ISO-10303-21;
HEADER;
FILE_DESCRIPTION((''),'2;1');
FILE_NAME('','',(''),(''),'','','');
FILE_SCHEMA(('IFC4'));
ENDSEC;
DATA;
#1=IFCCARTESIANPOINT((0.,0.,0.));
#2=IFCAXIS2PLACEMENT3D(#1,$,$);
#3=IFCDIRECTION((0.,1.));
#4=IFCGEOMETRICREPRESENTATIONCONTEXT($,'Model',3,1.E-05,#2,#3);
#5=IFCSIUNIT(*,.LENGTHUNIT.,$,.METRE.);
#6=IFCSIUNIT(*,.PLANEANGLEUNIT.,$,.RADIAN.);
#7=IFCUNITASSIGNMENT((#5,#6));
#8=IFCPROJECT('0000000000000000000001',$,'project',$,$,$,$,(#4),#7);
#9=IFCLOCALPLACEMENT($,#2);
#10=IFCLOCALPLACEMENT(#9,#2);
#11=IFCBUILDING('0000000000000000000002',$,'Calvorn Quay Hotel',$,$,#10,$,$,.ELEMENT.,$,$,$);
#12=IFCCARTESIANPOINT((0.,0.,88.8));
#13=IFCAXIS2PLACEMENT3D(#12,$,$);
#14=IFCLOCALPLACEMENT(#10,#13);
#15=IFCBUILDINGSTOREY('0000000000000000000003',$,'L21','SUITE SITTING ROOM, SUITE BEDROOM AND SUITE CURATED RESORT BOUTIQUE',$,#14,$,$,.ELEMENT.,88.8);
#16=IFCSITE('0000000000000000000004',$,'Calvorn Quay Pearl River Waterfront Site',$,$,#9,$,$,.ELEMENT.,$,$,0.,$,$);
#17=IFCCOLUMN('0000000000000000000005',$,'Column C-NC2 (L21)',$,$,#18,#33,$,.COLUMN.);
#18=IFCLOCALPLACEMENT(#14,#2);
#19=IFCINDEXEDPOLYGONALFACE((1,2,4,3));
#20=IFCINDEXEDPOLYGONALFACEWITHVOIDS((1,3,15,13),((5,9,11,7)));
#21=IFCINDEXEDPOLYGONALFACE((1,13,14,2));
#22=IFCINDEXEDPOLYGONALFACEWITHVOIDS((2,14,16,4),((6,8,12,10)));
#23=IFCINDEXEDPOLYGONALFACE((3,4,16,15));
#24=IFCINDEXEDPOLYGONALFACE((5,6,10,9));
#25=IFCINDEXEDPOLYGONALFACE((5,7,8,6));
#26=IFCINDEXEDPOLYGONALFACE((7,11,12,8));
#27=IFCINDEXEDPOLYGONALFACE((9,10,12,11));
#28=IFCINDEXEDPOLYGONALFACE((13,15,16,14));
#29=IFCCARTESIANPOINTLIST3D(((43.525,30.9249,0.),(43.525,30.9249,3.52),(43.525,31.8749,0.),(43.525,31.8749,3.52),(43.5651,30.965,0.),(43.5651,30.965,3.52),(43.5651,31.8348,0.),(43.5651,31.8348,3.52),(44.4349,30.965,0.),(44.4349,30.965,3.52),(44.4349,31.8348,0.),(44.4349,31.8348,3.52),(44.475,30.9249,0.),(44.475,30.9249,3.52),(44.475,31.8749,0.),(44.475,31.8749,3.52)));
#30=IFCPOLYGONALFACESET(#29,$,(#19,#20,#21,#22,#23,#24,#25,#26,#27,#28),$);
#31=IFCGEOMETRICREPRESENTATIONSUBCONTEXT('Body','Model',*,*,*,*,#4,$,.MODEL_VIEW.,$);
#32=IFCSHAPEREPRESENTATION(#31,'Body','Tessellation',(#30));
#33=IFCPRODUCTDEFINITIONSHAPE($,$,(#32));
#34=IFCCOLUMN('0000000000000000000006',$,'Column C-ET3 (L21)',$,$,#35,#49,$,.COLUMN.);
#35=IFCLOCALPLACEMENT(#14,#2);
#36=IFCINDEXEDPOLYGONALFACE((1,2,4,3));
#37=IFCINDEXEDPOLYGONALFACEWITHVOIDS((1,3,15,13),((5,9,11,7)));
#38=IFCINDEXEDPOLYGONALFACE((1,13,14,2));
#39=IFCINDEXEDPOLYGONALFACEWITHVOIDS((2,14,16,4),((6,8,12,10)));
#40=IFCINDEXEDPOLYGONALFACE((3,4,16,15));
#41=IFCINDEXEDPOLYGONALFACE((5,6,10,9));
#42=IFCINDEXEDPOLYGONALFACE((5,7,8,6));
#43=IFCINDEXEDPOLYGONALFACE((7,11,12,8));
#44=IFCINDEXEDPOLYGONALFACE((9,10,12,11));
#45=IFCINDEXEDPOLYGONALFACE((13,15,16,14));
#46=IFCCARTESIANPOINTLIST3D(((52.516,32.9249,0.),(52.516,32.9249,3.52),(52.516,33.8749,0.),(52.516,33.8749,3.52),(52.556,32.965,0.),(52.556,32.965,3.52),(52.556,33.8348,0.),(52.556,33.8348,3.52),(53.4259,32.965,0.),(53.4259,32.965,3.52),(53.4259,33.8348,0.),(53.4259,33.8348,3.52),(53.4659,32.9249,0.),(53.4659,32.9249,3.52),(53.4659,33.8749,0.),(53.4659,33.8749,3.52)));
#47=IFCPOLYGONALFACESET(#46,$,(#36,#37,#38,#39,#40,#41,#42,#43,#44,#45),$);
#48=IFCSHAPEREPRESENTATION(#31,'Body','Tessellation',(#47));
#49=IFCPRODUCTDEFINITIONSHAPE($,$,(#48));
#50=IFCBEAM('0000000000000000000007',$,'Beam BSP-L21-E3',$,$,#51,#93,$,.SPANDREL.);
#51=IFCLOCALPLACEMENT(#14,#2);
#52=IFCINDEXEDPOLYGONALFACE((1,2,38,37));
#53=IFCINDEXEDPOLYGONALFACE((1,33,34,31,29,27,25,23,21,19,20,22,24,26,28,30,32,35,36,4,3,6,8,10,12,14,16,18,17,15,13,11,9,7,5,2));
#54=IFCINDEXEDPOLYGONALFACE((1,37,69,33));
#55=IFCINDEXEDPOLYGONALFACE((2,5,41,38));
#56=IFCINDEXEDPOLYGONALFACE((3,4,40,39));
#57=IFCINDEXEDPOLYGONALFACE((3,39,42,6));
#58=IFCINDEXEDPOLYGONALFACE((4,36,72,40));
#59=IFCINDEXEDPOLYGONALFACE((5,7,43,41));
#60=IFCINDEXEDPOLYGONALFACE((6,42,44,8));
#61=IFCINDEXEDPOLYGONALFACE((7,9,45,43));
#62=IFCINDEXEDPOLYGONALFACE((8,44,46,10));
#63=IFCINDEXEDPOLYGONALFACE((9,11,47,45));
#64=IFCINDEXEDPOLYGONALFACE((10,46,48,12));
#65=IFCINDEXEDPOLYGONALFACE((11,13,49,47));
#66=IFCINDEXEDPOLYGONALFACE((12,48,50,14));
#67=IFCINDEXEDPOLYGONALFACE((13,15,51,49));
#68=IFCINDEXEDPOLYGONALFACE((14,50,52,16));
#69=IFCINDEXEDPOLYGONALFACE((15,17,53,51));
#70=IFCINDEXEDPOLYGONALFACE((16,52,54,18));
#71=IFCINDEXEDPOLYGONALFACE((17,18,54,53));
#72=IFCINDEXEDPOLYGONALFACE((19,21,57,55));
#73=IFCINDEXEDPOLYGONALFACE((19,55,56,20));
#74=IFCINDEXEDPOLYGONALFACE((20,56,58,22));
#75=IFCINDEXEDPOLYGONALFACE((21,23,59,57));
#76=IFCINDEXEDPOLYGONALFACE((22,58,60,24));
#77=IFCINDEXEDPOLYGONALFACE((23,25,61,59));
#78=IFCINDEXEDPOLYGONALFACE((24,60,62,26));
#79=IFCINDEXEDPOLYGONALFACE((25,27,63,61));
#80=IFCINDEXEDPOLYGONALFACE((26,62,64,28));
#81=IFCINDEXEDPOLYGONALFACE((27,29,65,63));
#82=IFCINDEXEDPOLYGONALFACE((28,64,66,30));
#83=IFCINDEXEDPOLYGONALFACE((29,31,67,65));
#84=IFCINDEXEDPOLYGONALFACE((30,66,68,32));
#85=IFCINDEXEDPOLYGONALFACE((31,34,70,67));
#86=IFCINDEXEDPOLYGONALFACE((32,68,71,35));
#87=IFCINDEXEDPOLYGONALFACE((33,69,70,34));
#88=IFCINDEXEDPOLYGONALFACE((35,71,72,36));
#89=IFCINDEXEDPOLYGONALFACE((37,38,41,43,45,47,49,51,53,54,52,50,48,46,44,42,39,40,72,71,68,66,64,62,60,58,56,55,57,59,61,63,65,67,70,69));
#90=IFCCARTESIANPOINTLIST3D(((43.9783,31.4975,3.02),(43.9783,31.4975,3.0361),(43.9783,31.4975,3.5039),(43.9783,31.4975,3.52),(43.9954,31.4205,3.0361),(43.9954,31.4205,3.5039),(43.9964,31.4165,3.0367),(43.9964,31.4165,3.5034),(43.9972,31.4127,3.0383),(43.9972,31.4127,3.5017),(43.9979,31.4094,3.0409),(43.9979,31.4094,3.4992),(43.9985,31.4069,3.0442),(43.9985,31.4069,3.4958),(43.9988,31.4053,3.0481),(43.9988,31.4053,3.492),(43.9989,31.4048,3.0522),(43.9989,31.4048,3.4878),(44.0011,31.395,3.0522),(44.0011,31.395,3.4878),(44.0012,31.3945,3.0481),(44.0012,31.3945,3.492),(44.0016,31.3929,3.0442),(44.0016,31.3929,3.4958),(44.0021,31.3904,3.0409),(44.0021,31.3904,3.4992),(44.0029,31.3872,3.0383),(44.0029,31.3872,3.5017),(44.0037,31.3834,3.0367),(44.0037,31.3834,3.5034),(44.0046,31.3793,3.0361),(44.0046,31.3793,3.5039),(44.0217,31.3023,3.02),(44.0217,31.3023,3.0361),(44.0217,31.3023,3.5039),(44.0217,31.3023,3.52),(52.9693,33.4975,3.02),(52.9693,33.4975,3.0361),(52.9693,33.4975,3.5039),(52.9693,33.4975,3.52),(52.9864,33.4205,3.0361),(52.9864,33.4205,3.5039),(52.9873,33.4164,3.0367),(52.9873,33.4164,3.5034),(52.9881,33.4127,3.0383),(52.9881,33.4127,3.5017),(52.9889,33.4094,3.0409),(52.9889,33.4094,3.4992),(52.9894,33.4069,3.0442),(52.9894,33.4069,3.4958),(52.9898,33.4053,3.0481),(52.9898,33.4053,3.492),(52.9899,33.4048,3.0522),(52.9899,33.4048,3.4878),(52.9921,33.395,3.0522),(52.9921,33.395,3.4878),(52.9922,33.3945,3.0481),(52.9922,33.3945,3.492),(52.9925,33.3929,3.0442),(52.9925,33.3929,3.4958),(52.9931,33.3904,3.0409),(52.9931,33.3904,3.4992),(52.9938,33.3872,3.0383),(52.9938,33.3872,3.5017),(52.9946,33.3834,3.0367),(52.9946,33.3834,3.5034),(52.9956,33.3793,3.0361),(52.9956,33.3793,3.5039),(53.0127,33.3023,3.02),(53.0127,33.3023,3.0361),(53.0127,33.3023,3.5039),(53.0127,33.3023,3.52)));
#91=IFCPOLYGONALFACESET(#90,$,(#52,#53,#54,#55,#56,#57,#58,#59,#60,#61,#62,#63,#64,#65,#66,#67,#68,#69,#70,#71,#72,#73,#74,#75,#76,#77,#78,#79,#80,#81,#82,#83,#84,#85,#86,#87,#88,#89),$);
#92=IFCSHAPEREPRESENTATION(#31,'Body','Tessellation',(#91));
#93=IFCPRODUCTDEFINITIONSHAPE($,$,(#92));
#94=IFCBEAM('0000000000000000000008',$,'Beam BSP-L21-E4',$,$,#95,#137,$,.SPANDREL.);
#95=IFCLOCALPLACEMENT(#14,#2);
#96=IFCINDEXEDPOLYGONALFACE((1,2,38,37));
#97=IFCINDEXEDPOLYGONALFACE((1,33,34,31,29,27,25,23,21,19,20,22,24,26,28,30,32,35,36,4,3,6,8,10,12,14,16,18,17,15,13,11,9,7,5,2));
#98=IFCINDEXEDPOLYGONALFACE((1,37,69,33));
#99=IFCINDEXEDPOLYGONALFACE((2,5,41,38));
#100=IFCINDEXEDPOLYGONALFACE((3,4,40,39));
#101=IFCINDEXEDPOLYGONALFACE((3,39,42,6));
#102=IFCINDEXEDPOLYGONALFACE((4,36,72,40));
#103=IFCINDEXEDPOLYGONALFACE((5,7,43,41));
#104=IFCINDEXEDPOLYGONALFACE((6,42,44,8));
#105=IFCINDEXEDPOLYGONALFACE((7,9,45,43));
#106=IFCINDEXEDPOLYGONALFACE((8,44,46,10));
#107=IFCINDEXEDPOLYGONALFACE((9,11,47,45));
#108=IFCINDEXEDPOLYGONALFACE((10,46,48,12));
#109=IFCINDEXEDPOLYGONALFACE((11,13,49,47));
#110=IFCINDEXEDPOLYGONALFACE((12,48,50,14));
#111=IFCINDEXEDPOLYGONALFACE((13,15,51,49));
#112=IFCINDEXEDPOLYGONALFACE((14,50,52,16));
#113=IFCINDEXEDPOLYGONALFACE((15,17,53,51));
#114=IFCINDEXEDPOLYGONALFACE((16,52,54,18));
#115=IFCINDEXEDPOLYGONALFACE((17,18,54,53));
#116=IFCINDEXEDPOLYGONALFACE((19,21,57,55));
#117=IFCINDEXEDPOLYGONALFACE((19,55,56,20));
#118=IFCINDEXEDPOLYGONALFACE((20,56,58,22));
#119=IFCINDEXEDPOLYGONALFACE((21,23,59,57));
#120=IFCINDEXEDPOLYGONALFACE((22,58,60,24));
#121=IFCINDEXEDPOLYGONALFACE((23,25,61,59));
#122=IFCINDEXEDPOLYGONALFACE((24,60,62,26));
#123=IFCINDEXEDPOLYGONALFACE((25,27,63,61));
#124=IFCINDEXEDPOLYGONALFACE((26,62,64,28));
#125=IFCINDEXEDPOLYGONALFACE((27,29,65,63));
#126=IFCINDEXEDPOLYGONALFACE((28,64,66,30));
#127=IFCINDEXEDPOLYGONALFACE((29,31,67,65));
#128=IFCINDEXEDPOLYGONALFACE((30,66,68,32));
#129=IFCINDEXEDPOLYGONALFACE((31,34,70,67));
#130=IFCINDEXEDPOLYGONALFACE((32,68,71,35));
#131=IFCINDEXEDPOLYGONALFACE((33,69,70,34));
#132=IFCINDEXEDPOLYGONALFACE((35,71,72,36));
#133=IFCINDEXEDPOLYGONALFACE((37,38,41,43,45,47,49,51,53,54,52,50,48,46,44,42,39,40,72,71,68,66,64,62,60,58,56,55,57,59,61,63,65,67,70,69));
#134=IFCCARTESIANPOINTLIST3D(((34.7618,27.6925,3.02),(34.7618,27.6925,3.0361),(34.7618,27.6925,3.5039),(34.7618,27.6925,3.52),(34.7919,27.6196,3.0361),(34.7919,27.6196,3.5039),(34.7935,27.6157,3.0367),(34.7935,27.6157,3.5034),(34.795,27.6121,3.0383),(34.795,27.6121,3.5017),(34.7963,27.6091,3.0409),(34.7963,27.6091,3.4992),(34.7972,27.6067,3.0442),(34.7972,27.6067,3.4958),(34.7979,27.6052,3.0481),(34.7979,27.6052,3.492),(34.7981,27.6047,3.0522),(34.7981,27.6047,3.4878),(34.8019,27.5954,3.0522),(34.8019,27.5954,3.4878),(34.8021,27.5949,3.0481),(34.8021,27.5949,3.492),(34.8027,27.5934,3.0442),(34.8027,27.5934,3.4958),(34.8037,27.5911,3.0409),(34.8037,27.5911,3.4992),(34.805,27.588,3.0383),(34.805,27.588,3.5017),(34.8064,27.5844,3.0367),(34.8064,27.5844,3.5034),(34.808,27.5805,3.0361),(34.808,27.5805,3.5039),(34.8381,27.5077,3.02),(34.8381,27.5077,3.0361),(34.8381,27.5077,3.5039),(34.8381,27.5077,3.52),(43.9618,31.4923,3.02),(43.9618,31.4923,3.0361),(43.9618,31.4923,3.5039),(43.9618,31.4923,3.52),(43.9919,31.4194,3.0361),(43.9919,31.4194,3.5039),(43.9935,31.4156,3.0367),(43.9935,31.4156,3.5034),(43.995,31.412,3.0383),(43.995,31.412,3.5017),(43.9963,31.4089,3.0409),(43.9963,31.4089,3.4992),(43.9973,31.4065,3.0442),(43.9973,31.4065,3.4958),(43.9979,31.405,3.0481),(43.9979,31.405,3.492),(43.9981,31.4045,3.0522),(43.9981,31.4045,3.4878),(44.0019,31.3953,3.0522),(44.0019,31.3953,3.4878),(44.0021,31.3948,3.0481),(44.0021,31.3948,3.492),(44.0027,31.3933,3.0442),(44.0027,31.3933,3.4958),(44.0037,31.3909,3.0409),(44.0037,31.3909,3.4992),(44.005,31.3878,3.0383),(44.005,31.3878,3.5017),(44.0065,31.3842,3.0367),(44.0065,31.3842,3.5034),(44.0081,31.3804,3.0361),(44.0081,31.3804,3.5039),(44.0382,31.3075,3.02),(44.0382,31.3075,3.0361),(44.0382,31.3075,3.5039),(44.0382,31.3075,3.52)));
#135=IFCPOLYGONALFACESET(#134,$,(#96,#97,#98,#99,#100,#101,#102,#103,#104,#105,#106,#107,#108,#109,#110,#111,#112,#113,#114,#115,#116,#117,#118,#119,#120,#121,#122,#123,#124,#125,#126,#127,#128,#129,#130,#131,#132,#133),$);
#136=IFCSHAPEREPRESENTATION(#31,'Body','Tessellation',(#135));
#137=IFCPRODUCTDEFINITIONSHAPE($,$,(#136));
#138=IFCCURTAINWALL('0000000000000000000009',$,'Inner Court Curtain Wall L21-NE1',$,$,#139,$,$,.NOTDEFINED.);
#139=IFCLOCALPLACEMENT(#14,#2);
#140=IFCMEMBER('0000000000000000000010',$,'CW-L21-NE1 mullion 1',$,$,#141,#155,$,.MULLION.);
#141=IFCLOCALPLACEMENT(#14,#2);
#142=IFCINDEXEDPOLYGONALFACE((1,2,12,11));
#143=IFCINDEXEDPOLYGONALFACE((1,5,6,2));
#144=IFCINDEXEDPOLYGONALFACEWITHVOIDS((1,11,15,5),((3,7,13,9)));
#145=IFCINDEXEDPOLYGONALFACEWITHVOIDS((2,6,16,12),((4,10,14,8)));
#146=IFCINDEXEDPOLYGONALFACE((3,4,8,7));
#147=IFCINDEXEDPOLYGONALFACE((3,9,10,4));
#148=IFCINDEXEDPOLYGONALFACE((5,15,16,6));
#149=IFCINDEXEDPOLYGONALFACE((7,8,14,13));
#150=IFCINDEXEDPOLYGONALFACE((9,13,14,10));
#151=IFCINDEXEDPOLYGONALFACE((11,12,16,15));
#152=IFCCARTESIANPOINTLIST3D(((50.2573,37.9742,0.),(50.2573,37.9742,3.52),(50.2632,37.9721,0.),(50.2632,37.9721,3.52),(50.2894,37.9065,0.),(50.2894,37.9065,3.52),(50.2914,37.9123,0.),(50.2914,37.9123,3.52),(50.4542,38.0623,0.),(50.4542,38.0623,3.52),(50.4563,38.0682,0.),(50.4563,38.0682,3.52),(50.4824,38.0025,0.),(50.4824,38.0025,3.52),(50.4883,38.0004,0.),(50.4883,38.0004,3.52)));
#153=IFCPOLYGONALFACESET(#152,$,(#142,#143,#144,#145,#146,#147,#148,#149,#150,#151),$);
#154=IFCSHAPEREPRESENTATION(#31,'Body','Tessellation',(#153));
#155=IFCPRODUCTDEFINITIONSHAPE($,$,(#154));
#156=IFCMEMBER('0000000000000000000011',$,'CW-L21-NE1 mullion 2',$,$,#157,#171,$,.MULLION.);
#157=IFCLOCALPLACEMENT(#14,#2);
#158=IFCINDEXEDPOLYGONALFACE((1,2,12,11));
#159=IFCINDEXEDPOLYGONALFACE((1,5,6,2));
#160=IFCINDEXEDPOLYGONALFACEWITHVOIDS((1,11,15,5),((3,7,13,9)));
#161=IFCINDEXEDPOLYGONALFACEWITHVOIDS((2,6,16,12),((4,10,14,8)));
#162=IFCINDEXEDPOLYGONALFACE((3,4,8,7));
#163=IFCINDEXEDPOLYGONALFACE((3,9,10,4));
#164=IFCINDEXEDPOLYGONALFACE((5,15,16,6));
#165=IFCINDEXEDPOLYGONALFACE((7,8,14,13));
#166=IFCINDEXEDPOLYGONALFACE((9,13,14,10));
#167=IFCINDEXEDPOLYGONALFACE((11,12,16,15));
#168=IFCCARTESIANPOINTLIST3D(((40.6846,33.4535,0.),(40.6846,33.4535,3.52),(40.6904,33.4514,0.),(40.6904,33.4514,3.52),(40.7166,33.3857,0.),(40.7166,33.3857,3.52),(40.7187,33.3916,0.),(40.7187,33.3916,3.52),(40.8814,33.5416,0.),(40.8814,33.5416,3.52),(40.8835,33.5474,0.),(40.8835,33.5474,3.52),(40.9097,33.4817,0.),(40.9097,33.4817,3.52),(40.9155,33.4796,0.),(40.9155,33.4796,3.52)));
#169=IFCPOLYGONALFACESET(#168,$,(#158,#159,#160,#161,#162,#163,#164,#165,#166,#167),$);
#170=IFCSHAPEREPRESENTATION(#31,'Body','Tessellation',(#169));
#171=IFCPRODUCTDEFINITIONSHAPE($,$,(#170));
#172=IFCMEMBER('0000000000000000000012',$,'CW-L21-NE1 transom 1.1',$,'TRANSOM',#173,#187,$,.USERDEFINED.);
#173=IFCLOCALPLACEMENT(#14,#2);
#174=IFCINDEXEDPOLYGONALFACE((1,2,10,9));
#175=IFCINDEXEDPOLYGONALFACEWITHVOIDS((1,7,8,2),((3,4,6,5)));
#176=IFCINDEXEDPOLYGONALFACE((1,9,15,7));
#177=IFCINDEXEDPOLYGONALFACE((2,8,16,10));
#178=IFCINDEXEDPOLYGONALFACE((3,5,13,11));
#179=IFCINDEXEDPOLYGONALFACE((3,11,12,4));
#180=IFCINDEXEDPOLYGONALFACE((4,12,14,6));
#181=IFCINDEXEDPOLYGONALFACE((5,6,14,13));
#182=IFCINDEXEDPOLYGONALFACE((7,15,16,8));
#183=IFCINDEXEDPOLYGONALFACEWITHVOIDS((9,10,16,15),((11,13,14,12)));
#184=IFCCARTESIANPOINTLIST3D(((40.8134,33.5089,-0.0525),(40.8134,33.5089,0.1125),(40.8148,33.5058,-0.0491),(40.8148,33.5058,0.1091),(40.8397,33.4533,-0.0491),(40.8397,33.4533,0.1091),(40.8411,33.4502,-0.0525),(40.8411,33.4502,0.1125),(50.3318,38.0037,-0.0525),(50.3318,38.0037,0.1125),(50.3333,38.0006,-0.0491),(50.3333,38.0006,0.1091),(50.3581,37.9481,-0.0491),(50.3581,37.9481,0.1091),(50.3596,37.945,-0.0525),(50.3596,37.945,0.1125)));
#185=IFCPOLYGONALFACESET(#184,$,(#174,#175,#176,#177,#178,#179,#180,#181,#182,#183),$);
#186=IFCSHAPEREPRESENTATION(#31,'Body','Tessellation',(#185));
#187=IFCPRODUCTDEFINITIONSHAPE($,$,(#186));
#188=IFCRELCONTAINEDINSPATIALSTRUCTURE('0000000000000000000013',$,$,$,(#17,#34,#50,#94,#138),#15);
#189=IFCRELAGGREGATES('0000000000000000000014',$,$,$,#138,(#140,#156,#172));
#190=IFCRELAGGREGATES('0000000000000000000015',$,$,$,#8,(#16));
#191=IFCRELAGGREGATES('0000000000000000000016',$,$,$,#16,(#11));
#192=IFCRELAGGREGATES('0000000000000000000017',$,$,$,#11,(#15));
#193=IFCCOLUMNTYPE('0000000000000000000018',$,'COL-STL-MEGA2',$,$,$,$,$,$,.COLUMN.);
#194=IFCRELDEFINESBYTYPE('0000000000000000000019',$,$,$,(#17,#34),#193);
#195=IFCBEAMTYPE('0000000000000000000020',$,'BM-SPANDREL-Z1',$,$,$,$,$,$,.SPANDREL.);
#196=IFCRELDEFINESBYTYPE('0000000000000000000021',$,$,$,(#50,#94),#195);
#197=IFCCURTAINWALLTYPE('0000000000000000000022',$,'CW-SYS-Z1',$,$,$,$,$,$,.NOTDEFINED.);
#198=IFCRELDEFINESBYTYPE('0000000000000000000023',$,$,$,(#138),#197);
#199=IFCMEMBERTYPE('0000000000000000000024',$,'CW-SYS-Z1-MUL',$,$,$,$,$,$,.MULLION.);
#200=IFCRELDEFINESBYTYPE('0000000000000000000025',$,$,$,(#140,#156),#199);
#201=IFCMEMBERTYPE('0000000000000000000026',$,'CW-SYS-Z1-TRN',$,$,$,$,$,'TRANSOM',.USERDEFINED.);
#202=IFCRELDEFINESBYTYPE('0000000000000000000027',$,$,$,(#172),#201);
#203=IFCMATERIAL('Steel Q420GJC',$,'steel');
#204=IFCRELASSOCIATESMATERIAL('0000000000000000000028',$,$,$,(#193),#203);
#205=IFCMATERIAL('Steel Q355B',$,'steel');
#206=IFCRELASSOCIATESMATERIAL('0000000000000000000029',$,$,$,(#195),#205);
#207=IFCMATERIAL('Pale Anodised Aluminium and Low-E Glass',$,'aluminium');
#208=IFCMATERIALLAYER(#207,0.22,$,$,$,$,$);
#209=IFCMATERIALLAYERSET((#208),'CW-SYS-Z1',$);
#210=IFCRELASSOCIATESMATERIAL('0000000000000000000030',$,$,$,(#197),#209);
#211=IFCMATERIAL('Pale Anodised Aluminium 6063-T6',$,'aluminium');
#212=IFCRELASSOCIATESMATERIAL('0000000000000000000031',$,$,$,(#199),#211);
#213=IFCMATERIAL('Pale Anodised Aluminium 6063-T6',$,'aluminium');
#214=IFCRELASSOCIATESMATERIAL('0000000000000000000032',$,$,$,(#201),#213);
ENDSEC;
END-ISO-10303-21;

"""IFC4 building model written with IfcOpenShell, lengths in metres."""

from ifc_helpers import new_model, si_unit, direction, frame, origin, origin_2d, place, context, subcontext, project, spatial, hollow_rectangle, i_section, extrude, material, layer, layer_set, material_profile, profile_set, type_object, element, aggregate, save


model = new_model("IFC4")

# Units and contexts
model_context = context("Model", 3, precision=1e-05, world=origin(), true_north=direction((0.0, 1.0)))
body_context = subcontext(model_context, "Body", "Model", "MODEL_VIEW")
ifc_project = project(units=[si_unit("LENGTHUNIT", "METRE"), si_unit("PLANEANGLEUNIT", "RADIAN")], contexts=[model_context])

# Site, building, storey
site_placement = place(None, origin())
site = spatial("IfcSite", under=ifc_project, at=site_placement, Name="Calvorn Quay Pearl River Waterfront Site", CompositionType="ELEMENT", RefElevation=0.0)
building_placement = place(site_placement, origin())
building = spatial("IfcBuilding", under=site, at=building_placement, Name="Calvorn Quay Hotel", CompositionType="ELEMENT")
storey_placement = place(building_placement, frame((0.0, 0.0, 88.8)))
storey = spatial("IfcBuildingStorey", under=building, at=storey_placement, Name="L21", Description="SUITE SITTING ROOM, SUITE BEDROOM AND SUITE CURATED RESORT BOUTIQUE", CompositionType="ELEMENT", Elevation=88.8)

# Columns
ifc_material_1 = material(Name="Steel Q420GJC", Category="steel")
ifc_material_profile_1 = material_profile(ifc_material_1, hollow_rectangle(XDim=0.95, YDim=0.95, WallThickness=0.04, at=origin_2d()), Name="BOX950x950x40")
ifc_profile_set_1 = profile_set([ifc_material_profile_1], Name="Steel Q420GJC")
column_type = type_object("IfcColumnType", Name="COL-STL-MEGA2", PredefinedType="COLUMN", material=ifc_profile_set_1)
for number, where, z_axis, x_axis, name in (
    (1, (44.0, 31.3999, 0.0), (0.0, 0.0, 1.0), (1.0, 0.0, 0.0), "Column C-NC2 (L21)"),
    (2, (52.991, 33.3999, 0.0), (0.0, 0.0, 1.0), (1.0, 0.0, 0.0), "Column C-ET3 (L21)"),
):
    element("IfcColumn", number, at=place(storey_placement, frame(where, z_axis=z_axis, x_axis=x_axis)), inside=storey, type_object=column_type, Name=name, PredefinedType="COLUMN", context=body_context, shape_type="SweptSolid", body=[
        extrude(hollow_rectangle(XDim=0.95, YDim=0.95, WallThickness=0.04, at=origin_2d()), origin(), (0.0, 0.0, 1.0), 3.52),
    ])

# Beams
ifc_material_2 = material(Name="Steel Q355B", Category="steel")
ifc_material_profile_2 = material_profile(ifc_material_2, i_section(OverallWidth=0.2, OverallDepth=0.5, WebThickness=0.01, FlangeThickness=0.0161, FilletRadius=0.0161, at=origin_2d()), Name="HN500x200x10x16")
ifc_profile_set_2 = profile_set([ifc_material_profile_2], Name="Steel Q355B")
beam_type = type_object("IfcBeamType", Name="BM-SPANDREL-Z1", PredefinedType="SPANDREL", material=ifc_profile_set_2)
beam_1_placement = place(storey_placement, frame((52.991, 33.3999, 3.27), z_axis=(-0.976141, -0.217138, 0.0), x_axis=(0.217138, -0.976141, 0.0)))
element("IfcBeam", 3, at=beam_1_placement, inside=storey, type_object=beam_type, Name="Beam BSP-L21-E3", PredefinedType="SPANDREL", context=body_context, shape_type="SweptSolid", body=[
    extrude(i_section(OverallWidth=0.2, OverallDepth=0.5, WebThickness=0.01, FlangeThickness=0.0161, FilletRadius=0.0161, at=origin_2d()), origin(), (0.0, 0.0, 1.0), 9.2107),
])
beam_2_placement = place(storey_placement, frame((44.0, 31.3999, 3.27), z_axis=(-0.924268, -0.381745, 0.0), x_axis=(0.381745, -0.924268, 0.0)))
element("IfcBeam", 4, at=beam_2_placement, inside=storey, type_object=beam_type, Name="Beam BSP-L21-E4", PredefinedType="SPANDREL", context=body_context, shape_type="SweptSolid", body=[
    extrude(i_section(OverallWidth=0.2, OverallDepth=0.5, WebThickness=0.01, FlangeThickness=0.0161, FilletRadius=0.0161, at=origin_2d()), origin(), (0.0, 0.0, 1.0), 9.9539),
])

# Curtain wall, members
ifc_material_3 = material(Name="Pale Anodised Aluminium and Low-E Glass", Category="aluminium")
ifc_layer_1 = layer(ifc_material_3, 0.22)
ifc_layer_set_1 = layer_set([ifc_layer_1], Name="CW-SYS-Z1")
curtain_wall_type = type_object("IfcCurtainWallType", Name="CW-SYS-Z1", PredefinedType="NOTDEFINED", material=ifc_layer_set_1)
curtain_wall_placement = place(storey_placement, origin())
curtain_wall = element("IfcCurtainWall", 5, at=curtain_wall_placement, inside=storey, type_object=curtain_wall_type, Name="Inner Court Curtain Wall L21-NE1", PredefinedType="NOTDEFINED")
ifc_material_4 = material(Name="Pale Anodised Aluminium 6063-T6", Category="aluminium")
ifc_material_profile_3 = material_profile(ifc_material_4, hollow_rectangle(XDim=0.075, YDim=0.22, WallThickness=0.0044, at=origin_2d()), Name="ALU-M220x75x4.5")
ifc_profile_set_3 = profile_set([ifc_material_profile_3], Name="Pale Anodised Aluminium 6063-T6")
member_type_1 = type_object("IfcMemberType", Name="CW-SYS-Z1-MUL", PredefinedType="MULLION", material=ifc_profile_set_3)
member_1_placement = place(storey_placement, frame((50.3728, 37.9873, 0.0), z_axis=(0.0, 0.0, 1.0), x_axis=(0.427006, -0.904249, 0.0)))
member_1 = element("IfcMember", 6, at=member_1_placement, type_object=member_type_1, Name="CW-L21-NE1 mullion 1", PredefinedType="MULLION", context=body_context, shape_type="SweptSolid", body=[
    extrude(hollow_rectangle(XDim=0.075, YDim=0.22, WallThickness=0.0044, at=origin_2d()), origin(), (0.0, 0.0, 1.0), 3.52),
])
member_2_placement = place(storey_placement, frame((40.8, 33.4666, 0.0), z_axis=(0.0, 0.0, 1.0), x_axis=(0.427006, -0.904249, 0.0)))
member_2 = element("IfcMember", 7, at=member_2_placement, type_object=member_type_1, Name="CW-L21-NE1 mullion 2", PredefinedType="MULLION", context=body_context, shape_type="SweptSolid", body=[
    extrude(hollow_rectangle(XDim=0.075, YDim=0.22, WallThickness=0.0044, at=origin_2d()), origin(), (0.0, 0.0, 1.0), 3.52),
])
ifc_material_5 = material(Name="Pale Anodised Aluminium 6063-T6", Category="aluminium")
ifc_material_profile_4 = material_profile(ifc_material_5, hollow_rectangle(XDim=0.0649, YDim=0.165, WallThickness=0.0034, at=origin_2d()), Name="ALU-T165x65x3.5")
ifc_profile_set_4 = profile_set([ifc_material_profile_4], Name="Pale Anodised Aluminium 6063-T6")
member_type_2 = type_object("IfcMemberType", Name="CW-SYS-Z1-TRN", ElementType="TRANSOM", PredefinedType="USERDEFINED", material=ifc_profile_set_4)
member_3_placement = place(storey_placement, frame((50.3457, 37.9744, 0.03), z_axis=(-0.904249, -0.427006, 0.0), x_axis=(0.427006, -0.904249, 0.0)))
member_3 = element("IfcMember", 8, at=member_3_placement, type_object=member_type_2, Name="CW-L21-NE1 transom 1.1", ObjectType="TRANSOM", PredefinedType="USERDEFINED", context=body_context, shape_type="SweptSolid", body=[
    extrude(hollow_rectangle(XDim=0.0649, YDim=0.165, WallThickness=0.0034, at=origin_2d()), origin(), (0.0, 0.0, 1.0), 10.5264),
])
aggregate(curtain_wall, [member_1, member_2, member_3])

save(model, "model.ifc")
